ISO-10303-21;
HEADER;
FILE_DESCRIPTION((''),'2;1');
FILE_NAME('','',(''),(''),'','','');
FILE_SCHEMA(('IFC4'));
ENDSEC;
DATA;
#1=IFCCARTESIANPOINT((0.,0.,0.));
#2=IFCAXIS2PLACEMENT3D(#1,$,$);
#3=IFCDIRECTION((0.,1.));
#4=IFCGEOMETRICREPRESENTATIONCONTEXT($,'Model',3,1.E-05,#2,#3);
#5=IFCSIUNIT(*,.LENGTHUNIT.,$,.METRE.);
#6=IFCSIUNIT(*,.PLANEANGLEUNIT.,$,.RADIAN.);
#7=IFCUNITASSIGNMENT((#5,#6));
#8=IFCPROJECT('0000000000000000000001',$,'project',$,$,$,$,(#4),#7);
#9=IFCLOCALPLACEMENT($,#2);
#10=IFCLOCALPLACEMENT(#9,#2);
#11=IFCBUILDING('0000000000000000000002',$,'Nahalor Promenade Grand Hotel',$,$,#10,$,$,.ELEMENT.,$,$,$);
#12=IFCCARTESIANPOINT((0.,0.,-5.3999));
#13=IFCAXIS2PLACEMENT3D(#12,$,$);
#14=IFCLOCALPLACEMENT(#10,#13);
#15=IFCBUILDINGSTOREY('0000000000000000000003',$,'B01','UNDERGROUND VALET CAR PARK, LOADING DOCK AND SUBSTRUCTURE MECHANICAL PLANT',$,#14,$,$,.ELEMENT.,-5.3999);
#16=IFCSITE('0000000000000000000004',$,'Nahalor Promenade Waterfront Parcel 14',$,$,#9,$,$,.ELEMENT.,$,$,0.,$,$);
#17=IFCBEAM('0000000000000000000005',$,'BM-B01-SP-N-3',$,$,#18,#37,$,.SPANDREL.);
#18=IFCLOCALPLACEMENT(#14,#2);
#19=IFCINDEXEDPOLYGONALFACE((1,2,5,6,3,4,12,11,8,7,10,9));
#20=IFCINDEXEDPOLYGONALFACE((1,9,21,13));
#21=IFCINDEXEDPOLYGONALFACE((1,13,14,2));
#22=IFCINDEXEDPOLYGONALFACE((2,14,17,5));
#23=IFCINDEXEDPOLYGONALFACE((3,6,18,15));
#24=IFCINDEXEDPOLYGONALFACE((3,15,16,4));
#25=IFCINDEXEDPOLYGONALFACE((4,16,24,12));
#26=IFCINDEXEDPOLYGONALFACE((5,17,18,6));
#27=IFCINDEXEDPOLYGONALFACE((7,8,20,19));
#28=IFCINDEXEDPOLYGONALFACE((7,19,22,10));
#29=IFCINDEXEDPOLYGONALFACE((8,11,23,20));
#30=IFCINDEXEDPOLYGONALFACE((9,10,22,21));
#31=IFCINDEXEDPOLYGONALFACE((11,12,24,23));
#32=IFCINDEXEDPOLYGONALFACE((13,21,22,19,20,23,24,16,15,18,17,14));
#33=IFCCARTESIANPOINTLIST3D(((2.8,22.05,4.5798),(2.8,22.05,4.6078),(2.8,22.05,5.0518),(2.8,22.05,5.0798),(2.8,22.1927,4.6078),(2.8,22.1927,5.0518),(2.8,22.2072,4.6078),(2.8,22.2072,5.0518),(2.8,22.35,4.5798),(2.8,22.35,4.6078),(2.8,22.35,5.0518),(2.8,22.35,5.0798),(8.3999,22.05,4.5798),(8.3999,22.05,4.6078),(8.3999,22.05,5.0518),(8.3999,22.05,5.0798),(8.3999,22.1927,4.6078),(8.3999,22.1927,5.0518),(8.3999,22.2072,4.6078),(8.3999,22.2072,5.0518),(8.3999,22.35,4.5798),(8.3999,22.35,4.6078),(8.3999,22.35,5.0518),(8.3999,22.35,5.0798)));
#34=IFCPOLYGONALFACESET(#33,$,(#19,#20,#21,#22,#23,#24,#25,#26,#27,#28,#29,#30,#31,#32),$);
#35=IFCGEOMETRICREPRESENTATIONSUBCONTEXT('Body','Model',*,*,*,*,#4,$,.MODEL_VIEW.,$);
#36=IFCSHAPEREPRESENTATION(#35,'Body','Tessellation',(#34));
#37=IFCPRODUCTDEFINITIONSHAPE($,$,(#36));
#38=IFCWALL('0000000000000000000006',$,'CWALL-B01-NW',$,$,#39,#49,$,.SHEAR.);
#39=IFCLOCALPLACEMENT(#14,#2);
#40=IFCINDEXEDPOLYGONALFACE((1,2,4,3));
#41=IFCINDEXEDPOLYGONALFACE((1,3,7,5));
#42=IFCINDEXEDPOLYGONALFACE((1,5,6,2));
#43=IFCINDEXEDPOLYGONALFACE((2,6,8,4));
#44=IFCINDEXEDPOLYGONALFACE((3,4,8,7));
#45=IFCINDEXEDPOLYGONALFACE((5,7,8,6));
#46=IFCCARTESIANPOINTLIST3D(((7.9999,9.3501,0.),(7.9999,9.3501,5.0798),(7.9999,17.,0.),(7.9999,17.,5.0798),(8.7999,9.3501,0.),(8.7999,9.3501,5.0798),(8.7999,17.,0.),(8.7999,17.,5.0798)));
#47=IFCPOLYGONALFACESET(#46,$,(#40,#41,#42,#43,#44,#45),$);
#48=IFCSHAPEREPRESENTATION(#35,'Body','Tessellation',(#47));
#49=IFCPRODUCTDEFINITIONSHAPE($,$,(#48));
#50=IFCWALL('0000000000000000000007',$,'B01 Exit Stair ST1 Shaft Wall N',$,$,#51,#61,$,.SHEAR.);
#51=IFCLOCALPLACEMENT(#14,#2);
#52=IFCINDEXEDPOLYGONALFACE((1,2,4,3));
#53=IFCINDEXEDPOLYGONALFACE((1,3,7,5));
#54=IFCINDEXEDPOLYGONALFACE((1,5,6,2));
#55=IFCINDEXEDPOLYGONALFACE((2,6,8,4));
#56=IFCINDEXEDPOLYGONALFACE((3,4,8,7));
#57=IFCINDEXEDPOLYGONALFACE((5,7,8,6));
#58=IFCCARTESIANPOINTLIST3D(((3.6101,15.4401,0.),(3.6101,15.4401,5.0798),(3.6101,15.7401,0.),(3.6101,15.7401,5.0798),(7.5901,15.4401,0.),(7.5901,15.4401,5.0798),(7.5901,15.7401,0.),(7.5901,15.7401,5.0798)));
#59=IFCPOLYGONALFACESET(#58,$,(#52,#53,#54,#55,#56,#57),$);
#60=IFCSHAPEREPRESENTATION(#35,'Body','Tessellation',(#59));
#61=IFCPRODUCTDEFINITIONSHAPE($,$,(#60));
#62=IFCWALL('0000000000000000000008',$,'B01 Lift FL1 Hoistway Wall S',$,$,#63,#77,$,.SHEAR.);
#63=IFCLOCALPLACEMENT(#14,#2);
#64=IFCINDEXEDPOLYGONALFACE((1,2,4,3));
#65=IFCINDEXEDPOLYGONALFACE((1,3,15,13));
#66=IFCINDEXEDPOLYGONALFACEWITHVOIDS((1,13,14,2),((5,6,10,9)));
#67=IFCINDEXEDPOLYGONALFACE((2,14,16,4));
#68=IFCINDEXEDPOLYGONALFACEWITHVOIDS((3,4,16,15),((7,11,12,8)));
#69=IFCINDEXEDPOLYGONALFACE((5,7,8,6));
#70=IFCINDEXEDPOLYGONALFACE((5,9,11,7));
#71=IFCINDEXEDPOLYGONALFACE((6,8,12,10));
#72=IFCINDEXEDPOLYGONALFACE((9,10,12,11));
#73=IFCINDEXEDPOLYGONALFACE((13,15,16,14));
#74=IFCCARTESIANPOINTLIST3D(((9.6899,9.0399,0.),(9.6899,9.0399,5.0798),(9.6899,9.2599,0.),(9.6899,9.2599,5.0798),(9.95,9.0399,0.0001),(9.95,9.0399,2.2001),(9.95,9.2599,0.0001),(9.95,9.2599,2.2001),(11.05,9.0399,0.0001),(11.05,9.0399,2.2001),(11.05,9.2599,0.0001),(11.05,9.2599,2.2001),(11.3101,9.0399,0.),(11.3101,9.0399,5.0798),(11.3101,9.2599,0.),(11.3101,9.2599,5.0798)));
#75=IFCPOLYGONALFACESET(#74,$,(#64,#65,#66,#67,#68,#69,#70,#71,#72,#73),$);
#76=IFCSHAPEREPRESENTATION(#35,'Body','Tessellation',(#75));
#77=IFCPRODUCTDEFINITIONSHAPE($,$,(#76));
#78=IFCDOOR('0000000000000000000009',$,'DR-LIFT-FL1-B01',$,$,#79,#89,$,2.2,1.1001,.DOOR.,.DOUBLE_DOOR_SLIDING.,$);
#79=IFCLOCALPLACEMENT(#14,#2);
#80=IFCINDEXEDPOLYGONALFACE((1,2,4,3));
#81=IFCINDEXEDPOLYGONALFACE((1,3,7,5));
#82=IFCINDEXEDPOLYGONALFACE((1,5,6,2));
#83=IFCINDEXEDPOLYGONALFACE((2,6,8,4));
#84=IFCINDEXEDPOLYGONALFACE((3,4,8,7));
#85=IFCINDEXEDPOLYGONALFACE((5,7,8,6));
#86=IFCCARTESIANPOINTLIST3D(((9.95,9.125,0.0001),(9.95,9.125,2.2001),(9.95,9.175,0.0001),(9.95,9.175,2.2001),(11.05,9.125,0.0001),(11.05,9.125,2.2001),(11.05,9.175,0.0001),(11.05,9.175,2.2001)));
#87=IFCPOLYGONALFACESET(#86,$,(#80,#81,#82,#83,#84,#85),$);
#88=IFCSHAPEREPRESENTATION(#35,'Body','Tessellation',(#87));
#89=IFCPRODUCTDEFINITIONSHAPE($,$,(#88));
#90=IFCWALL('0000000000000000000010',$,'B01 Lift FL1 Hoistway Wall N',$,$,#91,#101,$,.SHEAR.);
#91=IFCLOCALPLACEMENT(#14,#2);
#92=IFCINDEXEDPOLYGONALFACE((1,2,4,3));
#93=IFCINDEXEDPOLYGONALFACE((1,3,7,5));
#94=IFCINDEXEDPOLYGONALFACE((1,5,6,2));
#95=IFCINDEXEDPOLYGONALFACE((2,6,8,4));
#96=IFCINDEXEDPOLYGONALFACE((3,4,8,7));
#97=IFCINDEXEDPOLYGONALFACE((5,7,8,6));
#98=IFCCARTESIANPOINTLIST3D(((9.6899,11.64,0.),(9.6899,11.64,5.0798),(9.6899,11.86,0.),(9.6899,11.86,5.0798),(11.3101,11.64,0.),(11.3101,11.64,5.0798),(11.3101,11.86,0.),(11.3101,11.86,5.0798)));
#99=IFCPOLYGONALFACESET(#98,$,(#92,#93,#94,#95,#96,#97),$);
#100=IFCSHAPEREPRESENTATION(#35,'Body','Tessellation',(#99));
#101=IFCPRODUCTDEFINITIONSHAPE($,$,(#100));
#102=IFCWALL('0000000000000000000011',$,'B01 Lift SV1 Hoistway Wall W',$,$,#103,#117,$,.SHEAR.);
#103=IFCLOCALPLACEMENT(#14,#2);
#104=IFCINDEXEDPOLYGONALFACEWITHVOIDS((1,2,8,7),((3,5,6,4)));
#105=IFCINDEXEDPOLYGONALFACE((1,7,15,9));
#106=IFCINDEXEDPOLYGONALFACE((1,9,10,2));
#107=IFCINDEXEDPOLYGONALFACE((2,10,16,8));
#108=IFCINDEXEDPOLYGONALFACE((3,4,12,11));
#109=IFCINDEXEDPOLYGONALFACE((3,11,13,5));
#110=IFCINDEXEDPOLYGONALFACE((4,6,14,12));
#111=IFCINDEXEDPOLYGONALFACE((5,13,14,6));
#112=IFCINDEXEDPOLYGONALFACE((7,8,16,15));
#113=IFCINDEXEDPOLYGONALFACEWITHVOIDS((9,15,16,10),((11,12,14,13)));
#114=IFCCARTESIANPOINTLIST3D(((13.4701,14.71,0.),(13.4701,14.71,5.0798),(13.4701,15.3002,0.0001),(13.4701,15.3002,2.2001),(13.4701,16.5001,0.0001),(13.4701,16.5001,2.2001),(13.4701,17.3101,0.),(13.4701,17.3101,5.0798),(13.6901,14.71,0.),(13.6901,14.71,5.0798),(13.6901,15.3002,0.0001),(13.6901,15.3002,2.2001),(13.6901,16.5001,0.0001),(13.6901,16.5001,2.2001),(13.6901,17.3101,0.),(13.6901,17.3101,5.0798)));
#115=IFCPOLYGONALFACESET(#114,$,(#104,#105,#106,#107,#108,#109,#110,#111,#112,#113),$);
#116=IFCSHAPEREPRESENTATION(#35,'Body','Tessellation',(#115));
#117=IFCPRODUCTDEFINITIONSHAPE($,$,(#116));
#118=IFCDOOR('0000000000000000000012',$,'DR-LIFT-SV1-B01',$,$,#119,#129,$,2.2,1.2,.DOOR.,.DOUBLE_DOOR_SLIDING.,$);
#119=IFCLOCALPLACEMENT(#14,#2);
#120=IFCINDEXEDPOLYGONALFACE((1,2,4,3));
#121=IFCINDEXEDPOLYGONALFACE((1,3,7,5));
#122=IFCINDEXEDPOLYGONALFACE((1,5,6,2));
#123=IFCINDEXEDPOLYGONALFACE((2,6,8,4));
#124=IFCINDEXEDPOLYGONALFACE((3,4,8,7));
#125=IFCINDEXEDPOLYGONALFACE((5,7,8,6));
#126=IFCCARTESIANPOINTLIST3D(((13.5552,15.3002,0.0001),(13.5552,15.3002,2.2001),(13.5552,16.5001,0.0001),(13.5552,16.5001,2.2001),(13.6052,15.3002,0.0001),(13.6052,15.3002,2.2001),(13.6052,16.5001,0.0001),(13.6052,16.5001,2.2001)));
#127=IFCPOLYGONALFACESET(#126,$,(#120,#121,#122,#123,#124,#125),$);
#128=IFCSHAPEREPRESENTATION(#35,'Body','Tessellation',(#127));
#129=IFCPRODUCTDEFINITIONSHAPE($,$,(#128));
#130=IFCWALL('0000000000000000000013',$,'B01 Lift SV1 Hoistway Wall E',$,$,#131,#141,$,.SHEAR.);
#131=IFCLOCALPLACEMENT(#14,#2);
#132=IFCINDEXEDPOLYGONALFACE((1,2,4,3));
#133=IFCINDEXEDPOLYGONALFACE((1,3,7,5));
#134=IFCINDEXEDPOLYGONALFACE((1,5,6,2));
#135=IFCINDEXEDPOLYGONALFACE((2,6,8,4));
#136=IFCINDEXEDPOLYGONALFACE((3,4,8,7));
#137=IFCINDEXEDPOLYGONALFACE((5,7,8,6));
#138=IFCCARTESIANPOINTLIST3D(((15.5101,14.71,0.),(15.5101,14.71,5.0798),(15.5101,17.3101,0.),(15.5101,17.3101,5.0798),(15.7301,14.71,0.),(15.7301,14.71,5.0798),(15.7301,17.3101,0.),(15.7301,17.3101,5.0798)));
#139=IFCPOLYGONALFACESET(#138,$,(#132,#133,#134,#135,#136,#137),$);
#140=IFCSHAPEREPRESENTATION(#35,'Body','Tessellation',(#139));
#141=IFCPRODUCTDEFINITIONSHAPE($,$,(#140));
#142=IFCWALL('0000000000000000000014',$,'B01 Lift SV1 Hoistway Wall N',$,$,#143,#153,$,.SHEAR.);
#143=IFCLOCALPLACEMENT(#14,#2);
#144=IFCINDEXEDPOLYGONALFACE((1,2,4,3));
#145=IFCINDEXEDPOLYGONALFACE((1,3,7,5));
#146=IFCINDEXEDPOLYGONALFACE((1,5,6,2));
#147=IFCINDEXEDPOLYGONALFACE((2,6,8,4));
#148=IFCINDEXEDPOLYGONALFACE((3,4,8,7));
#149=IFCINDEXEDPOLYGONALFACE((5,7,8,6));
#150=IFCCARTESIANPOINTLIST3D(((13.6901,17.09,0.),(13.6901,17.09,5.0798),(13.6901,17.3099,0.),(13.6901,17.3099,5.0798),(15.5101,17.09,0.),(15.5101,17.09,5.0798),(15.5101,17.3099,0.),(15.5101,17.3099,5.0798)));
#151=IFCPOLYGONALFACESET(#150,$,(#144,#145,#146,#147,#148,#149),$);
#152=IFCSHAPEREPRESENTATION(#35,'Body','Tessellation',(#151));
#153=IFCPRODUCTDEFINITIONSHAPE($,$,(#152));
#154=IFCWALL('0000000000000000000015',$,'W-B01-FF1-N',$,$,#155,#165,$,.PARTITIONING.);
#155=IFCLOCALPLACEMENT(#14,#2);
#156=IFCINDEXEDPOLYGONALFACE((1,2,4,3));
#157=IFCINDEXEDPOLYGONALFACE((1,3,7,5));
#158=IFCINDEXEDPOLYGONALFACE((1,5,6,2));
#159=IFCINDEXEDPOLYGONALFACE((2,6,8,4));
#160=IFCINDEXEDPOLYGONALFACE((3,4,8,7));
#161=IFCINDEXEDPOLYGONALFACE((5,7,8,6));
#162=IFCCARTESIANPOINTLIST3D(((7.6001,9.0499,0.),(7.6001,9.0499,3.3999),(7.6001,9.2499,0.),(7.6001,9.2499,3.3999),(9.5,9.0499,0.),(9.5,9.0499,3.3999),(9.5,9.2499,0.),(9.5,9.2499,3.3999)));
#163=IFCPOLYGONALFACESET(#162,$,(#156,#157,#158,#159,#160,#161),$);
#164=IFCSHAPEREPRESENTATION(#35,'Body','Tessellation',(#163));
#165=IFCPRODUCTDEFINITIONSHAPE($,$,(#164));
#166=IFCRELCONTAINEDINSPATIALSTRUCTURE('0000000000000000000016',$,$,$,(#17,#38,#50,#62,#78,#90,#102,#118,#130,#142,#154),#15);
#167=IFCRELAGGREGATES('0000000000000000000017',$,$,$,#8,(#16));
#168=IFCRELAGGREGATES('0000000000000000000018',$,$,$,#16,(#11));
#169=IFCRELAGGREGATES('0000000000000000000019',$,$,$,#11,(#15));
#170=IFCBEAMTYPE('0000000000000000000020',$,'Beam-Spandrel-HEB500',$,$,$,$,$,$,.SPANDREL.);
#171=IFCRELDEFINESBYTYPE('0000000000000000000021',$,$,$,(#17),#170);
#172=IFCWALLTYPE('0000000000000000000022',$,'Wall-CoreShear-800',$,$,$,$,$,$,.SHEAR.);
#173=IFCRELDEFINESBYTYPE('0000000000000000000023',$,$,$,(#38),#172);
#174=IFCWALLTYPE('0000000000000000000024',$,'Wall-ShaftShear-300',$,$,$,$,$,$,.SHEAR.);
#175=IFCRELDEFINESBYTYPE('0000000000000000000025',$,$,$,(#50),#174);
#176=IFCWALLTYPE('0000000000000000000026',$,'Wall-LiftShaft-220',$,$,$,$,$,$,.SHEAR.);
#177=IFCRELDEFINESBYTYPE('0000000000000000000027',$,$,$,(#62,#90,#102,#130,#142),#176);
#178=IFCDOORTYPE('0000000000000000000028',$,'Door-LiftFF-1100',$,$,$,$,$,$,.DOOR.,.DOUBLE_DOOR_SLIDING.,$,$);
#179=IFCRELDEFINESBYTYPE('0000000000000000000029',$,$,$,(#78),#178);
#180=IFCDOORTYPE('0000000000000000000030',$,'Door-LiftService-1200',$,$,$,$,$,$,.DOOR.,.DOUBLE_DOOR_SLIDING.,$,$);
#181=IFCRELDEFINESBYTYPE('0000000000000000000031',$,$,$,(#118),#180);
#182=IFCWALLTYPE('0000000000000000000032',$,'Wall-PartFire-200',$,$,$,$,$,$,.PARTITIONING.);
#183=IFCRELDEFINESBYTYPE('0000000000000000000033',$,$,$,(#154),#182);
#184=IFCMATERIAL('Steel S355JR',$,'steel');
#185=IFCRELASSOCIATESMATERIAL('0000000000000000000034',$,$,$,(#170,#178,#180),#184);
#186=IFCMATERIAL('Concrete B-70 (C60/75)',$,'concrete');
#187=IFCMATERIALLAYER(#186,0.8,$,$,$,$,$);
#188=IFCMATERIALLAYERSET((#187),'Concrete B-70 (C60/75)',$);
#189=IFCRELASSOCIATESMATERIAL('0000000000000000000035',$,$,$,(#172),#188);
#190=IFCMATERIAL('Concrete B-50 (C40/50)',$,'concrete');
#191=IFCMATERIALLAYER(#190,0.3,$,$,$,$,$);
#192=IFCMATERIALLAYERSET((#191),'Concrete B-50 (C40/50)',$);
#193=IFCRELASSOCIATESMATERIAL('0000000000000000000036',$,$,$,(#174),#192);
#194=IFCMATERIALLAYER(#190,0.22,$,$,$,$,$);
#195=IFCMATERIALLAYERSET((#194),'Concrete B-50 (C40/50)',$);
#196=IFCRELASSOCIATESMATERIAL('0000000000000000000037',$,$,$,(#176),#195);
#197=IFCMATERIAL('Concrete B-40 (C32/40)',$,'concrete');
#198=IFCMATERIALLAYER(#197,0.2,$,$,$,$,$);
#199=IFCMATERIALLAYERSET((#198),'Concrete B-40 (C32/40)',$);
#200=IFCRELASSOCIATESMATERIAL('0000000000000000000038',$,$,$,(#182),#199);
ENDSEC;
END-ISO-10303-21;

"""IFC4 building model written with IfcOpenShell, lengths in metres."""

from ifc_helpers import new_model, si_unit, direction, frame, frame_2d, origin, origin_2d, place, context, subcontext, project, spatial, rectangle, i_section, extrude, source, transform, mapped, material, layer, layer_set, material_profile, profile_set, type_object, element, fill, save


model = new_model("IFC4")

# Units and contexts
model_context = context("Model", 3, precision=1e-05, world=origin(), true_north=direction((0.0, 1.0)))
body_context = subcontext(model_context, "Body", "Model", "MODEL_VIEW")
ifc_project = project(units=[si_unit("LENGTHUNIT", "METRE"), si_unit("PLANEANGLEUNIT", "RADIAN")], contexts=[model_context])

# Site, building, storey
site_placement = place(None, origin())
site = spatial("IfcSite", under=ifc_project, at=site_placement, Name="Nahalor Promenade Waterfront Parcel 14", CompositionType="ELEMENT", RefElevation=0.0)
building_placement = place(site_placement, origin())
building = spatial("IfcBuilding", under=site, at=building_placement, Name="Nahalor Promenade Grand Hotel", CompositionType="ELEMENT")
storey_placement = place(building_placement, frame((0.0, 0.0, -5.3999)))
storey = spatial("IfcBuildingStorey", under=building, at=storey_placement, Name="B01", Description="UNDERGROUND VALET CAR PARK, LOADING DOCK AND SUBSTRUCTURE MECHANICAL PLANT", CompositionType="ELEMENT", Elevation=-5.3999)

# Shared definitions
ifc_material_1 = material(Name="Concrete B-70 (C60/75)", Category="concrete")

# Beam
ifc_material_2 = material(Name="Steel S355JR", Category="steel")
ifc_material_profile_1 = material_profile(ifc_material_2, i_section(OverallWidth=0.3, OverallDepth=0.5, WebThickness=0.0145, FlangeThickness=0.028, at=origin_2d()), Name="HEB 500")
ifc_profile_set_1 = profile_set([ifc_material_profile_1], Name="Steel S355JR")
beam_type_1 = type_object("IfcBeamType", Name="Beam-Spandrel-HEB500", PredefinedType="SPANDREL", material=ifc_profile_set_1)
shared_shape_1 = source(origin(), body_context, "Body", "SweptSolid", [
    extrude(i_section(OverallWidth=0.3, OverallDepth=0.5, WebThickness=0.0145, FlangeThickness=0.028, at=origin_2d()), origin(), (0.0, 0.0, 1.0), 5.5999),
])
beam_1_placement = place(storey_placement, frame((2.8, 22.2, 4.8298), z_axis=(1.0, 0.0, 0.0), x_axis=(0.0, 1.0, 0.0)))
element("IfcBeam", 1, at=beam_1_placement, inside=storey, type_object=beam_type_1, Name="BM-B01-SP-N-3", PredefinedType="SPANDREL", context=body_context, shape_type="MappedRepresentation", body=[
    mapped(shared_shape_1, transform((0.0, 0.0, 0.0), scale=1.0)),
])

# Walls
ifc_layer_1 = layer(ifc_material_1, 0.8)
ifc_layer_set_1 = layer_set([ifc_layer_1], Name="Concrete B-70 (C60/75)")
wall_type_1 = type_object("IfcWallType", Name="Wall-CoreShear-800", PredefinedType="SHEAR", material=ifc_layer_set_1)
shared_shape_2 = source(origin(), body_context, "Body", "SweptSolid", [
    extrude(rectangle(XDim=7.6499, YDim=0.8, at=frame_2d((3.825, 0.0))), origin(), (0.0, 0.0, 1.0), 5.0798),
])
wall_1_placement = place(storey_placement, frame((8.3999, 9.3501, 0.0), z_axis=(0.0, 0.0, 1.0), x_axis=(0.0, 1.0, 0.0)))
element("IfcWall", 2, at=wall_1_placement, inside=storey, type_object=wall_type_1, Name="CWALL-B01-NW", PredefinedType="SHEAR", context=body_context, shape_type="MappedRepresentation", body=[
    mapped(shared_shape_2, transform((0.0, 0.0, 0.0), scale=1.0)),
])
ifc_material_3 = material(Name="Concrete B-50 (C40/50)", Category="concrete")
ifc_layer_2 = layer(ifc_material_3, 0.3)
ifc_layer_set_2 = layer_set([ifc_layer_2], Name="Concrete B-50 (C40/50)")
wall_type_2 = type_object("IfcWallType", Name="Wall-ShaftShear-300", PredefinedType="SHEAR", material=ifc_layer_set_2)
shared_shape_3 = source(origin(), body_context, "Body", "SweptSolid", [
    extrude(rectangle(XDim=3.98, YDim=0.3, at=frame_2d((1.99, 0.0))), origin(), (0.0, 0.0, 1.0), 5.0798),
])
wall_2_placement = place(storey_placement, frame((3.6101, 15.5901, 0.0), z_axis=(0.0, 0.0, 1.0), x_axis=(1.0, 0.0, 0.0)))
element("IfcWall", 3, at=wall_2_placement, inside=storey, type_object=wall_type_2, Name="B01 Exit Stair ST1 Shaft Wall N", PredefinedType="SHEAR", context=body_context, shape_type="MappedRepresentation", body=[
    mapped(shared_shape_3, transform((0.0, 0.0, 0.0), scale=1.0)),
])

# Wall, opening, door
ifc_layer_3 = layer(ifc_material_3, 0.22)
ifc_layer_set_3 = layer_set([ifc_layer_3], Name="Concrete B-50 (C40/50)")
wall_type_3 = type_object("IfcWallType", Name="Wall-LiftShaft-220", PredefinedType="SHEAR", material=ifc_layer_set_3)
shared_shape_4 = source(origin(), body_context, "Body", "SweptSolid", [
    extrude(rectangle(XDim=1.6201, YDim=0.22, at=frame_2d((0.8101, 0.0))), origin(), (0.0, 0.0, 1.0), 5.0798),
])
wall_3_placement = place(storey_placement, frame((9.6899, 9.1499, 0.0), z_axis=(0.0, 0.0, 1.0), x_axis=(1.0, 0.0, 0.0)))
wall_3 = element("IfcWall", 4, at=wall_3_placement, inside=storey, type_object=wall_type_3, Name="B01 Lift FL1 Hoistway Wall S", PredefinedType="SHEAR", context=body_context, shape_type="MappedRepresentation", body=[
    mapped(shared_shape_4, transform((0.0, 0.0, 0.0), scale=1.0)),
])
opening_1_placement = place(wall_3_placement, frame((0.26, 0.0, 0.0)))
opening_1 = element("IfcOpeningElement", 5, at=opening_1_placement, cuts=wall_3, PredefinedType="OPENING", context=body_context, shape_type="SweptSolid", body=[
    extrude(rectangle(XDim=1.1001, YDim=2.2, at=frame_2d((0.55, 1.1001))), frame((0.0, 0.1199, 0.0), z_axis=(0.0, -1.0, 0.0), x_axis=(1.0, 0.0, 0.0)), (0.0, 0.0, 1.0), 0.24),
])
door_type_1 = type_object("IfcDoorType", Name="Door-LiftFF-1100", OperationType="DOUBLE_DOOR_SLIDING", PredefinedType="DOOR", material=ifc_material_2)
shared_shape_5 = source(origin(), body_context, "Body", "SweptSolid", [
    extrude(rectangle(XDim=1.1001, YDim=2.2, at=frame_2d((0.55, 1.1001))), frame((0.0, 0.0249, 0.0), z_axis=(0.0, -1.0, 0.0), x_axis=(1.0, 0.0, 0.0)), (0.0, 0.0, 1.0), 0.05),
])
door_1_placement = place(opening_1_placement, frame((1.1001, 0.0, 0.0), z_axis=(0.0, 0.0, 1.0), x_axis=(-1.0, 0.0, 0.0)))
door_1 = element("IfcDoor", 6, at=door_1_placement, inside=storey, type_object=door_type_1, Name="DR-LIFT-FL1-B01", OperationType="DOUBLE_DOOR_SLIDING", OverallHeight=2.2, OverallWidth=1.1001, PredefinedType="DOOR", context=body_context, shape_type="MappedRepresentation", body=[
    mapped(shared_shape_5, transform((0.0, 0.0, 0.0), scale=1.0)),
])
fill(opening_1, door_1)

# Wall
wall_4_placement = place(storey_placement, frame((9.6899, 11.75, 0.0), z_axis=(0.0, 0.0, 1.0), x_axis=(1.0, 0.0, 0.0)))
element("IfcWall", 7, at=wall_4_placement, inside=storey, type_object=wall_type_3, Name="B01 Lift FL1 Hoistway Wall N", PredefinedType="SHEAR", context=body_context, shape_type="MappedRepresentation", body=[
    mapped(shared_shape_4, transform((0.0, 0.0, 0.0), scale=1.0)),
])

# Wall, opening, door
shared_shape_6 = source(origin(), body_context, "Body", "SweptSolid", [
    extrude(rectangle(XDim=2.6001, YDim=0.22, at=frame_2d((1.3, 0.0))), origin(), (0.0, 0.0, 1.0), 5.0798),
])
wall_5_placement = place(storey_placement, frame((13.5801, 14.71, 0.0), z_axis=(0.0, 0.0, 1.0), x_axis=(0.0, 1.0, 0.0)))
wall_5 = element("IfcWall", 8, at=wall_5_placement, inside=storey, type_object=wall_type_3, Name="B01 Lift SV1 Hoistway Wall W", PredefinedType="SHEAR", context=body_context, shape_type="MappedRepresentation", body=[
    mapped(shared_shape_6, transform((0.0, 0.0, 0.0), scale=1.0)),
])
opening_2_placement = place(wall_5_placement, frame((0.5901, 0.0, 0.0)))
opening_2 = element("IfcOpeningElement", 9, at=opening_2_placement, cuts=wall_5, PredefinedType="OPENING", context=body_context, shape_type="SweptSolid", body=[
    extrude(rectangle(XDim=1.2, YDim=2.2, at=frame_2d((0.6001, 1.1001))), frame((0.0, 0.1199, 0.0), z_axis=(0.0, -1.0, 0.0), x_axis=(1.0, 0.0, 0.0)), (0.0, 0.0, 1.0), 0.24),
])
door_type_2 = type_object("IfcDoorType", Name="Door-LiftService-1200", OperationType="DOUBLE_DOOR_SLIDING", PredefinedType="DOOR", material=ifc_material_2)
shared_shape_7 = source(origin(), body_context, "Body", "SweptSolid", [
    extrude(rectangle(XDim=1.2, YDim=2.2, at=frame_2d((0.6001, 1.1001))), frame((0.0, 0.0249, 0.0), z_axis=(0.0, -1.0, 0.0), x_axis=(1.0, 0.0, 0.0)), (0.0, 0.0, 1.0), 0.05),
])
door_2_placement = place(opening_2_placement, origin())
door_2 = element("IfcDoor", 10, at=door_2_placement, inside=storey, type_object=door_type_2, Name="DR-LIFT-SV1-B01", OperationType="DOUBLE_DOOR_SLIDING", OverallHeight=2.2, OverallWidth=1.2, PredefinedType="DOOR", context=body_context, shape_type="MappedRepresentation", body=[
    mapped(shared_shape_7, transform((0.0, 0.0, 0.0), scale=1.0)),
])
fill(opening_2, door_2)

# Walls
wall_6_placement = place(storey_placement, frame((15.6201, 14.71, 0.0), z_axis=(0.0, 0.0, 1.0), x_axis=(0.0, 1.0, 0.0)))
element("IfcWall", 11, at=wall_6_placement, inside=storey, type_object=wall_type_3, Name="B01 Lift SV1 Hoistway Wall E", PredefinedType="SHEAR", context=body_context, shape_type="MappedRepresentation", body=[
    mapped(shared_shape_6, transform((0.0, 0.0, 0.0), scale=1.0)),
])
shared_shape_8 = source(origin(), body_context, "Body", "SweptSolid", [
    extrude(rectangle(XDim=1.8201, YDim=0.22, at=frame_2d((0.9102, 0.0))), origin(), (0.0, 0.0, 1.0), 5.0798),
])
wall_7_placement = place(storey_placement, frame((13.6899, 17.2, 0.0), z_axis=(0.0, 0.0, 1.0), x_axis=(1.0, 0.0, 0.0)))
element("IfcWall", 12, at=wall_7_placement, inside=storey, type_object=wall_type_3, Name="B01 Lift SV1 Hoistway Wall N", PredefinedType="SHEAR", context=body_context, shape_type="MappedRepresentation", body=[
    mapped(shared_shape_8, transform((0.0, 0.0, 0.0), scale=1.0)),
])
ifc_material_4 = material(Name="Concrete B-40 (C32/40)", Category="concrete")
ifc_layer_4 = layer(ifc_material_4, 0.2)
ifc_layer_set_4 = layer_set([ifc_layer_4], Name="Concrete B-40 (C32/40)")
wall_type_4 = type_object("IfcWallType", Name="Wall-PartFire-200", PredefinedType="PARTITIONING", material=ifc_layer_set_4)
shared_shape_9 = source(origin(), body_context, "Body", "SweptSolid", [
    extrude(rectangle(XDim=1.8999, YDim=0.2, at=frame_2d((0.95, 0.0))), origin(), (0.0, 0.0, 1.0), 3.3999),
])
wall_8_placement = place(storey_placement, frame((7.6001, 9.1499, 0.0), z_axis=(0.0, 0.0, 1.0), x_axis=(1.0, 0.0, 0.0)))
element("IfcWall", 13, at=wall_8_placement, inside=storey, type_object=wall_type_4, Name="W-B01-FF1-N", PredefinedType="PARTITIONING", context=body_context, shape_type="MappedRepresentation", body=[
    mapped(shared_shape_9, transform((0.0, 0.0, 0.0), scale=1.0)),
])

save(model, "model.ifc")
